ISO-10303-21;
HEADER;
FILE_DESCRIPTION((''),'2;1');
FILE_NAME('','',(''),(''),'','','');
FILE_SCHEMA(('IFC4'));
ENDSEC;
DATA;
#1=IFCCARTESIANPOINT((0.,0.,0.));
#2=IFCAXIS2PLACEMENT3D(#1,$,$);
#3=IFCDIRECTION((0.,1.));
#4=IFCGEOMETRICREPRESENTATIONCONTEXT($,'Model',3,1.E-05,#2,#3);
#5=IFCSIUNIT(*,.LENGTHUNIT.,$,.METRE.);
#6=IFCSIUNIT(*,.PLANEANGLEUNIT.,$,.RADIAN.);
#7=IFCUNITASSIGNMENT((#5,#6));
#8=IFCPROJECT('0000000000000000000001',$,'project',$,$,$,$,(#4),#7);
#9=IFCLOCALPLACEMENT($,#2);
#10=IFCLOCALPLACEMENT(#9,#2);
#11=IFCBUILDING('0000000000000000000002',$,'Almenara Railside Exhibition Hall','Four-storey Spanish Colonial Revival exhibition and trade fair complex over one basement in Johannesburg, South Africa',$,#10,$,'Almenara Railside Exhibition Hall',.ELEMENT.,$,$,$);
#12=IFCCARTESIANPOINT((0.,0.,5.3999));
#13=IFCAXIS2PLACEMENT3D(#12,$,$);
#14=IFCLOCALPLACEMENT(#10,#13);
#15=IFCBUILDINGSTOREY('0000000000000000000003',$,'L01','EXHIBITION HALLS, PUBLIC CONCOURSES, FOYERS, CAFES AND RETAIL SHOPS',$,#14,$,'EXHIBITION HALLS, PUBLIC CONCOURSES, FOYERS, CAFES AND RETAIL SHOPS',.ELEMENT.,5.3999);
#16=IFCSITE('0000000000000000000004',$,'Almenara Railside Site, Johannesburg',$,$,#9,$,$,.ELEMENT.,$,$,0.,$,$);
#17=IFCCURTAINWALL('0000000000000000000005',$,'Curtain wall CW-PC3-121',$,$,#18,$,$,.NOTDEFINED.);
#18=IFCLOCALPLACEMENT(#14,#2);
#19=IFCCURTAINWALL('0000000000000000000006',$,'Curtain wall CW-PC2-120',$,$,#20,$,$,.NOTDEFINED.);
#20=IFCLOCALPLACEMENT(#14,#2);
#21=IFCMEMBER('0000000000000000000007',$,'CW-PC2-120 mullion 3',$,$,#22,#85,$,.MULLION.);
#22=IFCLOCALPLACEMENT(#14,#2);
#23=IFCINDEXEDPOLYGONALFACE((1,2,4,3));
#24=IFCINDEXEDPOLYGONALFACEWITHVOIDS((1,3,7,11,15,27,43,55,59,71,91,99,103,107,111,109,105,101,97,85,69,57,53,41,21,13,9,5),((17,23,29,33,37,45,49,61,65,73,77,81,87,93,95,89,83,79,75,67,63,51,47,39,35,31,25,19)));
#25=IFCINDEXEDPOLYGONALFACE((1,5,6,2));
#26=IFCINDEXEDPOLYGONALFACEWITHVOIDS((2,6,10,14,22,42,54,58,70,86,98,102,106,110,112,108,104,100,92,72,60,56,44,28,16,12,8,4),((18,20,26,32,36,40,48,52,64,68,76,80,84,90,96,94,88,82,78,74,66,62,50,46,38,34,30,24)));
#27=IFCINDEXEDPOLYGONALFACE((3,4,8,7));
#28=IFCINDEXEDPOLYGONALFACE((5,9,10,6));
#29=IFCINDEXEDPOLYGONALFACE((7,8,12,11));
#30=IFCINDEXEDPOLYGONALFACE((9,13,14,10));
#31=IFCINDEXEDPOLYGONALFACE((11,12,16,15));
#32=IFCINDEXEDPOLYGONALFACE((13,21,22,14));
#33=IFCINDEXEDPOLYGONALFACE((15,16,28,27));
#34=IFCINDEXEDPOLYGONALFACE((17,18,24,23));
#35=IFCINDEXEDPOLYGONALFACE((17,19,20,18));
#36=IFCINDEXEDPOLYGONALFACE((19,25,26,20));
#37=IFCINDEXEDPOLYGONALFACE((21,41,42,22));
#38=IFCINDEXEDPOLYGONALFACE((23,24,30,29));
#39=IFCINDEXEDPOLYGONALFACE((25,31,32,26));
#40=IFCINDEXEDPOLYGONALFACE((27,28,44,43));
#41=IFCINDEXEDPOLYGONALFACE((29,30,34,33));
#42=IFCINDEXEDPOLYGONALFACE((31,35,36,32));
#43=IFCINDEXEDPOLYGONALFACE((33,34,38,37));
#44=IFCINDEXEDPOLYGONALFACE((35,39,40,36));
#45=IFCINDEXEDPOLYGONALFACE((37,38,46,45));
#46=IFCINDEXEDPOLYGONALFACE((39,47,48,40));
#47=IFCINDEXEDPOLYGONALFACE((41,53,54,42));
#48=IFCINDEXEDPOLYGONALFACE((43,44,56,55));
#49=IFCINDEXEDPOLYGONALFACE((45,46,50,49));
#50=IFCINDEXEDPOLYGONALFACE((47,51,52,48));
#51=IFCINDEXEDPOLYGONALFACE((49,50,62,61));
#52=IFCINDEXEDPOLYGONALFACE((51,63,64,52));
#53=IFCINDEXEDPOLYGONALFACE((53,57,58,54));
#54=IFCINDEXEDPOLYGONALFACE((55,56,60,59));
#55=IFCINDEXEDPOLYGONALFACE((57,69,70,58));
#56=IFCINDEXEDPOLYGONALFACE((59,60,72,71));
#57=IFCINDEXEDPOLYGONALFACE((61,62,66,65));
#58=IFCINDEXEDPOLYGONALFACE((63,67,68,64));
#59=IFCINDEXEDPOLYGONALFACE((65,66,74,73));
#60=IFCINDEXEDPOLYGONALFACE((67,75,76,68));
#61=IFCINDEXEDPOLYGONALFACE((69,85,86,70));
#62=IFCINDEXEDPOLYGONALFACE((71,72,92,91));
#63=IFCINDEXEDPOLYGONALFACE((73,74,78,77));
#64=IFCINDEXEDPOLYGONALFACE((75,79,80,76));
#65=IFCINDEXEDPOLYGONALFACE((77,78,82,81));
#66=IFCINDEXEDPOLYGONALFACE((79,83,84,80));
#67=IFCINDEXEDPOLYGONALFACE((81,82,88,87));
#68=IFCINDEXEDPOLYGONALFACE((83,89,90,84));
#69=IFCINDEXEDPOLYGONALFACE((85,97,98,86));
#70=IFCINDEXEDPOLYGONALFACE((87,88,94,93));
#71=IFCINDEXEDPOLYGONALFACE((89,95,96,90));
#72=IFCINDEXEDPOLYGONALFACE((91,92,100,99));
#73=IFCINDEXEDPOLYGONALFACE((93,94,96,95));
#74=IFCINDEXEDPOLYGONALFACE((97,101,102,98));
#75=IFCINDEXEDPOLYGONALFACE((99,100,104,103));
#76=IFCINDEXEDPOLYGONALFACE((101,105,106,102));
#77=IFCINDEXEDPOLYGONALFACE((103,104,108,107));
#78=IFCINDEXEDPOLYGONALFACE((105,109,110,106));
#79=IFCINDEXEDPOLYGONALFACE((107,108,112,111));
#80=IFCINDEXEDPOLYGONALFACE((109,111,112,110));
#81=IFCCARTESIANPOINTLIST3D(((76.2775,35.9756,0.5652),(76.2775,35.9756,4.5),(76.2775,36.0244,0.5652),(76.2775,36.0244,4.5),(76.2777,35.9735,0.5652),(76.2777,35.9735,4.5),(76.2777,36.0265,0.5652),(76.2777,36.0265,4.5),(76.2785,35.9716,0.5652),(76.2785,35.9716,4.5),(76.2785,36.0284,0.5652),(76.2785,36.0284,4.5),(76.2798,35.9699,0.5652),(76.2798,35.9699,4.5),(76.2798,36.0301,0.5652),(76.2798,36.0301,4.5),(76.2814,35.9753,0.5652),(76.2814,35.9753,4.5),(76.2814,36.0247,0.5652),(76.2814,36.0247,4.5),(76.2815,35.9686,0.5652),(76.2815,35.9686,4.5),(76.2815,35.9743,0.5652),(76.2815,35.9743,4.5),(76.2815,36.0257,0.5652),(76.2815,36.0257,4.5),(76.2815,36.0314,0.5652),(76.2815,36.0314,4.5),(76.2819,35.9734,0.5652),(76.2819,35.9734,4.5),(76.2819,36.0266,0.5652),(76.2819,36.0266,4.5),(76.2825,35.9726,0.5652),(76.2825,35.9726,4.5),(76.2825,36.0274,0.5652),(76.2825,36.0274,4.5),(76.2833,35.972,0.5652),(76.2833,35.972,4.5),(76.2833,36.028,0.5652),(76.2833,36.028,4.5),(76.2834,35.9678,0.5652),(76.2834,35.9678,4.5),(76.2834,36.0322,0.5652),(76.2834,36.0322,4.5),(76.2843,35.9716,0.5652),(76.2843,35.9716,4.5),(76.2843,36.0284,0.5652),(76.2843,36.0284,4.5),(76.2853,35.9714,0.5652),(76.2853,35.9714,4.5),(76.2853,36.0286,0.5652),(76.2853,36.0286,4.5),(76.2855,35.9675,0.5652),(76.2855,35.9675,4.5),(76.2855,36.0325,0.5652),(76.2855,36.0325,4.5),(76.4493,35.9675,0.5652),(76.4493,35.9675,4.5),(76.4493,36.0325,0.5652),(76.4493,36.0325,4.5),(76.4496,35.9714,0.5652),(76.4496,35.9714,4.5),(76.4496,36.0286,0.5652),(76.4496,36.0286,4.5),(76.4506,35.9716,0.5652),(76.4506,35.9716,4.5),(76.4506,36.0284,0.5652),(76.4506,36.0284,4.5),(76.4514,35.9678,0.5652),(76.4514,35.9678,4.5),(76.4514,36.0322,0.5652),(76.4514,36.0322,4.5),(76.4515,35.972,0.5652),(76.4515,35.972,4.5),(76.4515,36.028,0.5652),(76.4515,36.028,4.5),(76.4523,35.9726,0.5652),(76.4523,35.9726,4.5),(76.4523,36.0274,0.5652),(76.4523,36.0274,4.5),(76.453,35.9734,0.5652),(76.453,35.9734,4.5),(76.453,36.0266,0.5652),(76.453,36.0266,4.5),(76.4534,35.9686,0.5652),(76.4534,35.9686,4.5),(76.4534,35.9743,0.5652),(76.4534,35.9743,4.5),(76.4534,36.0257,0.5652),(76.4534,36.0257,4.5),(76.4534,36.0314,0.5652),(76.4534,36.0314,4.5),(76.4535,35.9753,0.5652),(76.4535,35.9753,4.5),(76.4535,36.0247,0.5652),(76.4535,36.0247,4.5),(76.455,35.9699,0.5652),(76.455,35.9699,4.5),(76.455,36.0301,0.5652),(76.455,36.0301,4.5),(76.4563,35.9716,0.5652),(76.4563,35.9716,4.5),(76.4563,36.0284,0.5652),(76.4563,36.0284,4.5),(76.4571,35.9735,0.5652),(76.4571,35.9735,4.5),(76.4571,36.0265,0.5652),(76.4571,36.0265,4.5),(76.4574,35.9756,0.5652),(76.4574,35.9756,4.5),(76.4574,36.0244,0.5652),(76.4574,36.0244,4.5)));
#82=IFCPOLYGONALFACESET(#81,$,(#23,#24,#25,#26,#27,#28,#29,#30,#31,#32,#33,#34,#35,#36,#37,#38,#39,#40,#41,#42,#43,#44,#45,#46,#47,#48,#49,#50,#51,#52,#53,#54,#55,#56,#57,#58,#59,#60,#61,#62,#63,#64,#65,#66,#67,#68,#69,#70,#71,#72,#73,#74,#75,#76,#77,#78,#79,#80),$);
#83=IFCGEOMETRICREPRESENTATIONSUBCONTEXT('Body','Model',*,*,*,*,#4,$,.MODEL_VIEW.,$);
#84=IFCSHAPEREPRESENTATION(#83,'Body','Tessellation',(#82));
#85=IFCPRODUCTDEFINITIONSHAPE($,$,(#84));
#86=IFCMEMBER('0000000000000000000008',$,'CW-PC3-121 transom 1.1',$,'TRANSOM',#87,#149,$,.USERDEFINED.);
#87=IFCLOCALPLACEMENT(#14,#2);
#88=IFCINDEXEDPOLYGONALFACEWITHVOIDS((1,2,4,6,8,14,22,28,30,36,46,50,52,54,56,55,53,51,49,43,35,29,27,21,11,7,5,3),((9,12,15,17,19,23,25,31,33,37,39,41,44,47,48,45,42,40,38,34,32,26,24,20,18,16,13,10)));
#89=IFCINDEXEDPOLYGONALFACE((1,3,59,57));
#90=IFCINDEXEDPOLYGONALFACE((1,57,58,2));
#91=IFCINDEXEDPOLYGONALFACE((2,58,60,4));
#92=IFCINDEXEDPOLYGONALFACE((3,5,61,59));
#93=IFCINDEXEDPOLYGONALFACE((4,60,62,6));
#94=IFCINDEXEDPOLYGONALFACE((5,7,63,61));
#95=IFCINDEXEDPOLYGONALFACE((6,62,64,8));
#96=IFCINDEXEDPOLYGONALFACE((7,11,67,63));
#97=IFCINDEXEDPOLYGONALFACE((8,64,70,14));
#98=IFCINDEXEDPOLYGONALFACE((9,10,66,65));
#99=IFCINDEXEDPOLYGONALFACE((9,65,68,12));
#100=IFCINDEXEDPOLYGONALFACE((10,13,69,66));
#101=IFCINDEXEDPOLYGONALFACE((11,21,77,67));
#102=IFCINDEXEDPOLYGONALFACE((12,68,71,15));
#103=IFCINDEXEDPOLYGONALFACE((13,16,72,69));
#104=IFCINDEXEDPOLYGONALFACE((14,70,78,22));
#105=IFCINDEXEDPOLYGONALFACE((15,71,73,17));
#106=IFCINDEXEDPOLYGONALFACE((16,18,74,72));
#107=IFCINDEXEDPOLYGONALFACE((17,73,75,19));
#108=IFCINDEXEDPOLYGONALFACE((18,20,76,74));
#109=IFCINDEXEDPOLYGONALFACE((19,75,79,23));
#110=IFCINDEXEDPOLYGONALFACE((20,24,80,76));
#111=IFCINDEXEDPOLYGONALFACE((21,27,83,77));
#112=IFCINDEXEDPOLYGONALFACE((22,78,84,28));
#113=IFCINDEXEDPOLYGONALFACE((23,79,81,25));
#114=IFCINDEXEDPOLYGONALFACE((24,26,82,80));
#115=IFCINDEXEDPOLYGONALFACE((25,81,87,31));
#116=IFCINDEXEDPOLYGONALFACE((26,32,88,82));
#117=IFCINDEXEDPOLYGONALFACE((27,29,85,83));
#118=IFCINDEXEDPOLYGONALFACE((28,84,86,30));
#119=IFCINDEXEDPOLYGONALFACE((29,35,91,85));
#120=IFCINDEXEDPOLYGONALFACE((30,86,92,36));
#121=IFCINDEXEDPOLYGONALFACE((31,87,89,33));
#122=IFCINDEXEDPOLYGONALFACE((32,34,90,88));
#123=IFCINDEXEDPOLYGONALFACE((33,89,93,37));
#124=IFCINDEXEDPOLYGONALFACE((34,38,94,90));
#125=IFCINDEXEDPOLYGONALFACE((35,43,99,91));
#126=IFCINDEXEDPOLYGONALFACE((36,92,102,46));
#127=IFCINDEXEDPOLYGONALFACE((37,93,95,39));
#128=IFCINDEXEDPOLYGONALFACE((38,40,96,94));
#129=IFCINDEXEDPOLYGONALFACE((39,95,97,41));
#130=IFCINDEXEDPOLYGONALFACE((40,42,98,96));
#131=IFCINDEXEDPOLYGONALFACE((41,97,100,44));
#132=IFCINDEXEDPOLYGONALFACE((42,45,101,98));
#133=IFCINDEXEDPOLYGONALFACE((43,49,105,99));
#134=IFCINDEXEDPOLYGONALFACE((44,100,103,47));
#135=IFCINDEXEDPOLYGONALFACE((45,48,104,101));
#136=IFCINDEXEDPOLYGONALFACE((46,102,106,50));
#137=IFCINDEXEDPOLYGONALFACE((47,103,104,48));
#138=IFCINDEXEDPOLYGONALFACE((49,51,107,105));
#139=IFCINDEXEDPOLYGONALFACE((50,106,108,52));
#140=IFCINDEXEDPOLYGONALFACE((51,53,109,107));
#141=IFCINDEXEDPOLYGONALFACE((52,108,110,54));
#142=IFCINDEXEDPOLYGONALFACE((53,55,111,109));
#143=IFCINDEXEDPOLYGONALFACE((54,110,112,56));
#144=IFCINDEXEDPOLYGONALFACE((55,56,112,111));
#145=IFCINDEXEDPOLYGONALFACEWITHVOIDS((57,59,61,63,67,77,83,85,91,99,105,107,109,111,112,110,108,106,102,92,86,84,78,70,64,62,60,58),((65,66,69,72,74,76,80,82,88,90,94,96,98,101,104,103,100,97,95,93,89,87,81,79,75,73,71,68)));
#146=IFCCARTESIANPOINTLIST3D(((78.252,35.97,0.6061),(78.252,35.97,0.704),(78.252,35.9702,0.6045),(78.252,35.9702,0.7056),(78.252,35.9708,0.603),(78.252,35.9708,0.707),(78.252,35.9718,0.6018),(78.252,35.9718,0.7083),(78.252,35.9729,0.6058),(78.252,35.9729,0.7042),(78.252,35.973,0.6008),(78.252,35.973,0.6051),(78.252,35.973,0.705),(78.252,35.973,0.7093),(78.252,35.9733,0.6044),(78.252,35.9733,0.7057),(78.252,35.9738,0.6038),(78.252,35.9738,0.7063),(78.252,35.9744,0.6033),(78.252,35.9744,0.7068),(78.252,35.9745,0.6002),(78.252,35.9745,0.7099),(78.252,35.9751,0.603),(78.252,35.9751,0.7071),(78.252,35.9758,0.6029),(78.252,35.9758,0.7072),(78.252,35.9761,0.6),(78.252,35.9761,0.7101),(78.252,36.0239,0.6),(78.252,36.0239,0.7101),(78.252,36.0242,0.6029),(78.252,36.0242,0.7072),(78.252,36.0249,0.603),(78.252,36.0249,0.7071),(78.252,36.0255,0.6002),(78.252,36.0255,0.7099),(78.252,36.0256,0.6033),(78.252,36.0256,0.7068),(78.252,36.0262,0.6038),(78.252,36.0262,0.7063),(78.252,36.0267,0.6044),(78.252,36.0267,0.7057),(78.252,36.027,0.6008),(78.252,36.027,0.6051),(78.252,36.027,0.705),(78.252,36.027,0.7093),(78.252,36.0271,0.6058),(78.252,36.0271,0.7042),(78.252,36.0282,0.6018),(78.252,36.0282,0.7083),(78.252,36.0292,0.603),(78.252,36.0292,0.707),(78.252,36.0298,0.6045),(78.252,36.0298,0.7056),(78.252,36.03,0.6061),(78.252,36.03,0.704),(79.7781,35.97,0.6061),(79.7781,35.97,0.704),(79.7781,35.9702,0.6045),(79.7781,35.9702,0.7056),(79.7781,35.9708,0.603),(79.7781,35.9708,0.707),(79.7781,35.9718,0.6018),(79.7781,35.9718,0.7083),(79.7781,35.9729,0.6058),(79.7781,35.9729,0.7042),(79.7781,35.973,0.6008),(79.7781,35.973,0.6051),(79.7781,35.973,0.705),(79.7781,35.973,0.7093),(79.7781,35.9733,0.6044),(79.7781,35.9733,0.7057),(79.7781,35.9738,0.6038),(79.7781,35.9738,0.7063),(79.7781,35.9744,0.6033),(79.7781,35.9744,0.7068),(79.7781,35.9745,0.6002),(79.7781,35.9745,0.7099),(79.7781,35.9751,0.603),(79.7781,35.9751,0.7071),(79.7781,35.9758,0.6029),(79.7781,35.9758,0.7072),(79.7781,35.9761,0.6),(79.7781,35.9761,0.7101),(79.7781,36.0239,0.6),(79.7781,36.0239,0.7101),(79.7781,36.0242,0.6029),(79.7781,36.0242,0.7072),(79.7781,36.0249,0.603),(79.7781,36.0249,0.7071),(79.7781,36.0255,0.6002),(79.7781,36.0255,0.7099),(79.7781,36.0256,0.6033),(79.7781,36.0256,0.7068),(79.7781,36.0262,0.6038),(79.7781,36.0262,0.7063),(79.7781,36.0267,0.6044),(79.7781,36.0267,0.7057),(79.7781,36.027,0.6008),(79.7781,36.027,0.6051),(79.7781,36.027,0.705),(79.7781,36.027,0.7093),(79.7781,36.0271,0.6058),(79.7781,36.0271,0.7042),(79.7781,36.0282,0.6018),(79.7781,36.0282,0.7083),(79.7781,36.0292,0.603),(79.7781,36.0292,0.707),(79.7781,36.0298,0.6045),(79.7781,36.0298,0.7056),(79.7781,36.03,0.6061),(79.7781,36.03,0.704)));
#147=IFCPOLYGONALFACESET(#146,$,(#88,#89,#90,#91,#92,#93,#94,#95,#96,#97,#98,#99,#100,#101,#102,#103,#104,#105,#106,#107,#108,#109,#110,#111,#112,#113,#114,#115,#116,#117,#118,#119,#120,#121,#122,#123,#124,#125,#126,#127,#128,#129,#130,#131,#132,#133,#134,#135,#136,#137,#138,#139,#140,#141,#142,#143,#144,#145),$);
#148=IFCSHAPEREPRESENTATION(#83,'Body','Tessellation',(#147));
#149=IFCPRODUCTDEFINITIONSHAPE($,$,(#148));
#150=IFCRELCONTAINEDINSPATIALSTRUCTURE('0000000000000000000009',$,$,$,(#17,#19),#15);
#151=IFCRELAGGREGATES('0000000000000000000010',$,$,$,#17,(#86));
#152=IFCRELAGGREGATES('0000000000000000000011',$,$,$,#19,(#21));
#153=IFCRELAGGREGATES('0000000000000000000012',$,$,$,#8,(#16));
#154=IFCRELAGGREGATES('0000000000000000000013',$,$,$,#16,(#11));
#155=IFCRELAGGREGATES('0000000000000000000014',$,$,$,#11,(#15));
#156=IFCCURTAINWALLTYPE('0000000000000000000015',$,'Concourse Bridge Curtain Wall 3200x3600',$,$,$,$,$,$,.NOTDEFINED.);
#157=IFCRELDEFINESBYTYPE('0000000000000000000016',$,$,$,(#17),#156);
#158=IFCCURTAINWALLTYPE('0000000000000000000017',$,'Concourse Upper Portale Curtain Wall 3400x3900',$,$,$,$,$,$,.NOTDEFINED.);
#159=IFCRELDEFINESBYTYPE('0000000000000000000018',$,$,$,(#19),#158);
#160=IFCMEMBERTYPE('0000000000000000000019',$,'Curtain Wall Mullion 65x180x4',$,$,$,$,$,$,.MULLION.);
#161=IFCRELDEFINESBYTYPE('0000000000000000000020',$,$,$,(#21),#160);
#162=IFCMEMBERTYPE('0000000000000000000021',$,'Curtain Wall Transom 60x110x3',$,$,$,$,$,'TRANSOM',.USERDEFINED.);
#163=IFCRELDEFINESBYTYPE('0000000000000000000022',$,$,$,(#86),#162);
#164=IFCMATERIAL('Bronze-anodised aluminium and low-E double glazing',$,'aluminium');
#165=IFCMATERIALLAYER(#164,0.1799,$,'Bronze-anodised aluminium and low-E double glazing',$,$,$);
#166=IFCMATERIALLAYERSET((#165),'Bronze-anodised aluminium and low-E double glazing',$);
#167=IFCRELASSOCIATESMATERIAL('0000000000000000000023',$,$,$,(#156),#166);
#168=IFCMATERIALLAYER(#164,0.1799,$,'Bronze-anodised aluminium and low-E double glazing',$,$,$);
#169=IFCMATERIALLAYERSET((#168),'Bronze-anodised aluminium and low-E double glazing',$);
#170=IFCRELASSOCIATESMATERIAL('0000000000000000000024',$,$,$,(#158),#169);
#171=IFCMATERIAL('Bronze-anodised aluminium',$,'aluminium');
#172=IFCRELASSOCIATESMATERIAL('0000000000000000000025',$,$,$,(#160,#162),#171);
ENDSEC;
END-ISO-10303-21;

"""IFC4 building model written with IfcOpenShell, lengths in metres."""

from ifc_helpers import new_model, si_unit, direction, frame, origin, origin_2d, place, context, subcontext, project, spatial, hollow_rectangle, extrude, material, layer, layer_set, material_profile, profile_set, type_object, element, aggregate, save


model = new_model("IFC4")

# Units and contexts
model_context = context("Model", 3, precision=1e-05, world=origin(), true_north=direction((0.0, 1.0)))
body_context = subcontext(model_context, "Body", "Model", "MODEL_VIEW")
ifc_project = project(units=[si_unit("LENGTHUNIT", "METRE"), si_unit("PLANEANGLEUNIT", "RADIAN")], contexts=[model_context])

# Site, building, storey
site_placement = place(None, origin())
site = spatial("IfcSite", under=ifc_project, at=site_placement, Name="Almenara Railside Site, Johannesburg", CompositionType="ELEMENT", RefElevation=0.0)
building_placement = place(site_placement, origin())
building = spatial("IfcBuilding", under=site, at=building_placement, Name="Almenara Railside Exhibition Hall", Description="Four-storey Spanish Colonial Revival exhibition and trade fair complex over one basement in Johannesburg, South Africa", LongName="Almenara Railside Exhibition Hall", CompositionType="ELEMENT")
storey_placement = place(building_placement, frame((0.0, 0.0, 5.3999)))
storey = spatial("IfcBuildingStorey", under=building, at=storey_placement, Name="L01", Description="EXHIBITION HALLS, PUBLIC CONCOURSES, FOYERS, CAFES AND RETAIL SHOPS", LongName="EXHIBITION HALLS, PUBLIC CONCOURSES, FOYERS, CAFES AND RETAIL SHOPS", CompositionType="ELEMENT", Elevation=5.3999)

# Curtain wall
ifc_material_1 = material(Name="Bronze-anodised aluminium and low-E double glazing", Category="aluminium")
ifc_layer_1 = layer(ifc_material_1, 0.1799, Name="Bronze-anodised aluminium and low-E double glazing")
ifc_layer_set_1 = layer_set([ifc_layer_1], Name="Bronze-anodised aluminium and low-E double glazing")
curtain_wall_type_1 = type_object("IfcCurtainWallType", Name="Concourse Bridge Curtain Wall 3200x3600", PredefinedType="NOTDEFINED", material=ifc_layer_set_1)
curtain_wall_1_placement = place(storey_placement, origin())
curtain_wall_1 = element("IfcCurtainWall", 1, at=curtain_wall_1_placement, inside=storey, type_object=curtain_wall_type_1, Name="Curtain wall CW-PC3-121", PredefinedType="NOTDEFINED")
ifc_material_2 = material(Name="Bronze-anodised aluminium", Category="aluminium")

# Curtain wall, member
ifc_layer_2 = layer(ifc_material_1, 0.1799, Name="Bronze-anodised aluminium and low-E double glazing")
ifc_layer_set_2 = layer_set([ifc_layer_2], Name="Bronze-anodised aluminium and low-E double glazing")
curtain_wall_type_2 = type_object("IfcCurtainWallType", Name="Concourse Upper Portale Curtain Wall 3400x3900", PredefinedType="NOTDEFINED", material=ifc_layer_set_2)
curtain_wall_2_placement = place(storey_placement, origin())
curtain_wall_2 = element("IfcCurtainWall", 2, at=curtain_wall_2_placement, inside=storey, type_object=curtain_wall_type_2, Name="Curtain wall CW-PC2-120", PredefinedType="NOTDEFINED")
ifc_material_profile_1 = material_profile(ifc_material_2, hollow_rectangle(XDim=0.0649, YDim=0.1799, WallThickness=0.0039, InnerFilletRadius=0.0039, OuterFilletRadius=0.0081, at=origin_2d()), Name="ALU-MUL 65x180x4")
ifc_profile_set_1 = profile_set([ifc_material_profile_1], Name="Bronze-anodised aluminium")
member_type_1 = type_object("IfcMemberType", Name="Curtain Wall Mullion 65x180x4", PredefinedType="MULLION", material=ifc_profile_set_1)
member_1_placement = place(storey_placement, frame((76.3674, 36.0, 0.5652), z_axis=(0.0, 0.0, 1.0), x_axis=(0.0, 1.0, 0.0)))
member_1 = element("IfcMember", 3, at=member_1_placement, type_object=member_type_1, Name="CW-PC2-120 mullion 3", PredefinedType="MULLION", context=body_context, shape_type="SweptSolid", body=[
    extrude(hollow_rectangle(XDim=0.0649, YDim=0.1799, WallThickness=0.0039, InnerFilletRadius=0.0039, OuterFilletRadius=0.0081, at=origin_2d()), origin(), (0.0, 0.0, 1.0), 3.9348),
])

# Member
ifc_material_profile_2 = material_profile(ifc_material_2, hollow_rectangle(XDim=0.0601, YDim=0.1101, WallThickness=0.0029, InnerFilletRadius=0.0029, OuterFilletRadius=0.0061, at=origin_2d()), Name="ALU-TRN 60x110x3")
ifc_profile_set_2 = profile_set([ifc_material_profile_2], Name="Bronze-anodised aluminium")
member_type_2 = type_object("IfcMemberType", Name="Curtain Wall Transom 60x110x3", ElementType="TRANSOM", PredefinedType="USERDEFINED", material=ifc_profile_set_2)
member_2_placement = place(storey_placement, frame((78.252, 36.0, 0.655), z_axis=(1.0, 0.0, 0.0), x_axis=(0.0, 1.0, 0.0)))
member_2 = element("IfcMember", 4, at=member_2_placement, type_object=member_type_2, Name="CW-PC3-121 transom 1.1", ObjectType="TRANSOM", PredefinedType="USERDEFINED", context=body_context, shape_type="SweptSolid", body=[
    extrude(hollow_rectangle(XDim=0.0601, YDim=0.1101, WallThickness=0.0029, InnerFilletRadius=0.0029, OuterFilletRadius=0.0061, at=origin_2d()), origin(), (0.0, 0.0, 1.0), 1.5261),
])
aggregate(curtain_wall_1, [member_2])

aggregate(curtain_wall_2, [member_1])

save(model, "model.ifc")
